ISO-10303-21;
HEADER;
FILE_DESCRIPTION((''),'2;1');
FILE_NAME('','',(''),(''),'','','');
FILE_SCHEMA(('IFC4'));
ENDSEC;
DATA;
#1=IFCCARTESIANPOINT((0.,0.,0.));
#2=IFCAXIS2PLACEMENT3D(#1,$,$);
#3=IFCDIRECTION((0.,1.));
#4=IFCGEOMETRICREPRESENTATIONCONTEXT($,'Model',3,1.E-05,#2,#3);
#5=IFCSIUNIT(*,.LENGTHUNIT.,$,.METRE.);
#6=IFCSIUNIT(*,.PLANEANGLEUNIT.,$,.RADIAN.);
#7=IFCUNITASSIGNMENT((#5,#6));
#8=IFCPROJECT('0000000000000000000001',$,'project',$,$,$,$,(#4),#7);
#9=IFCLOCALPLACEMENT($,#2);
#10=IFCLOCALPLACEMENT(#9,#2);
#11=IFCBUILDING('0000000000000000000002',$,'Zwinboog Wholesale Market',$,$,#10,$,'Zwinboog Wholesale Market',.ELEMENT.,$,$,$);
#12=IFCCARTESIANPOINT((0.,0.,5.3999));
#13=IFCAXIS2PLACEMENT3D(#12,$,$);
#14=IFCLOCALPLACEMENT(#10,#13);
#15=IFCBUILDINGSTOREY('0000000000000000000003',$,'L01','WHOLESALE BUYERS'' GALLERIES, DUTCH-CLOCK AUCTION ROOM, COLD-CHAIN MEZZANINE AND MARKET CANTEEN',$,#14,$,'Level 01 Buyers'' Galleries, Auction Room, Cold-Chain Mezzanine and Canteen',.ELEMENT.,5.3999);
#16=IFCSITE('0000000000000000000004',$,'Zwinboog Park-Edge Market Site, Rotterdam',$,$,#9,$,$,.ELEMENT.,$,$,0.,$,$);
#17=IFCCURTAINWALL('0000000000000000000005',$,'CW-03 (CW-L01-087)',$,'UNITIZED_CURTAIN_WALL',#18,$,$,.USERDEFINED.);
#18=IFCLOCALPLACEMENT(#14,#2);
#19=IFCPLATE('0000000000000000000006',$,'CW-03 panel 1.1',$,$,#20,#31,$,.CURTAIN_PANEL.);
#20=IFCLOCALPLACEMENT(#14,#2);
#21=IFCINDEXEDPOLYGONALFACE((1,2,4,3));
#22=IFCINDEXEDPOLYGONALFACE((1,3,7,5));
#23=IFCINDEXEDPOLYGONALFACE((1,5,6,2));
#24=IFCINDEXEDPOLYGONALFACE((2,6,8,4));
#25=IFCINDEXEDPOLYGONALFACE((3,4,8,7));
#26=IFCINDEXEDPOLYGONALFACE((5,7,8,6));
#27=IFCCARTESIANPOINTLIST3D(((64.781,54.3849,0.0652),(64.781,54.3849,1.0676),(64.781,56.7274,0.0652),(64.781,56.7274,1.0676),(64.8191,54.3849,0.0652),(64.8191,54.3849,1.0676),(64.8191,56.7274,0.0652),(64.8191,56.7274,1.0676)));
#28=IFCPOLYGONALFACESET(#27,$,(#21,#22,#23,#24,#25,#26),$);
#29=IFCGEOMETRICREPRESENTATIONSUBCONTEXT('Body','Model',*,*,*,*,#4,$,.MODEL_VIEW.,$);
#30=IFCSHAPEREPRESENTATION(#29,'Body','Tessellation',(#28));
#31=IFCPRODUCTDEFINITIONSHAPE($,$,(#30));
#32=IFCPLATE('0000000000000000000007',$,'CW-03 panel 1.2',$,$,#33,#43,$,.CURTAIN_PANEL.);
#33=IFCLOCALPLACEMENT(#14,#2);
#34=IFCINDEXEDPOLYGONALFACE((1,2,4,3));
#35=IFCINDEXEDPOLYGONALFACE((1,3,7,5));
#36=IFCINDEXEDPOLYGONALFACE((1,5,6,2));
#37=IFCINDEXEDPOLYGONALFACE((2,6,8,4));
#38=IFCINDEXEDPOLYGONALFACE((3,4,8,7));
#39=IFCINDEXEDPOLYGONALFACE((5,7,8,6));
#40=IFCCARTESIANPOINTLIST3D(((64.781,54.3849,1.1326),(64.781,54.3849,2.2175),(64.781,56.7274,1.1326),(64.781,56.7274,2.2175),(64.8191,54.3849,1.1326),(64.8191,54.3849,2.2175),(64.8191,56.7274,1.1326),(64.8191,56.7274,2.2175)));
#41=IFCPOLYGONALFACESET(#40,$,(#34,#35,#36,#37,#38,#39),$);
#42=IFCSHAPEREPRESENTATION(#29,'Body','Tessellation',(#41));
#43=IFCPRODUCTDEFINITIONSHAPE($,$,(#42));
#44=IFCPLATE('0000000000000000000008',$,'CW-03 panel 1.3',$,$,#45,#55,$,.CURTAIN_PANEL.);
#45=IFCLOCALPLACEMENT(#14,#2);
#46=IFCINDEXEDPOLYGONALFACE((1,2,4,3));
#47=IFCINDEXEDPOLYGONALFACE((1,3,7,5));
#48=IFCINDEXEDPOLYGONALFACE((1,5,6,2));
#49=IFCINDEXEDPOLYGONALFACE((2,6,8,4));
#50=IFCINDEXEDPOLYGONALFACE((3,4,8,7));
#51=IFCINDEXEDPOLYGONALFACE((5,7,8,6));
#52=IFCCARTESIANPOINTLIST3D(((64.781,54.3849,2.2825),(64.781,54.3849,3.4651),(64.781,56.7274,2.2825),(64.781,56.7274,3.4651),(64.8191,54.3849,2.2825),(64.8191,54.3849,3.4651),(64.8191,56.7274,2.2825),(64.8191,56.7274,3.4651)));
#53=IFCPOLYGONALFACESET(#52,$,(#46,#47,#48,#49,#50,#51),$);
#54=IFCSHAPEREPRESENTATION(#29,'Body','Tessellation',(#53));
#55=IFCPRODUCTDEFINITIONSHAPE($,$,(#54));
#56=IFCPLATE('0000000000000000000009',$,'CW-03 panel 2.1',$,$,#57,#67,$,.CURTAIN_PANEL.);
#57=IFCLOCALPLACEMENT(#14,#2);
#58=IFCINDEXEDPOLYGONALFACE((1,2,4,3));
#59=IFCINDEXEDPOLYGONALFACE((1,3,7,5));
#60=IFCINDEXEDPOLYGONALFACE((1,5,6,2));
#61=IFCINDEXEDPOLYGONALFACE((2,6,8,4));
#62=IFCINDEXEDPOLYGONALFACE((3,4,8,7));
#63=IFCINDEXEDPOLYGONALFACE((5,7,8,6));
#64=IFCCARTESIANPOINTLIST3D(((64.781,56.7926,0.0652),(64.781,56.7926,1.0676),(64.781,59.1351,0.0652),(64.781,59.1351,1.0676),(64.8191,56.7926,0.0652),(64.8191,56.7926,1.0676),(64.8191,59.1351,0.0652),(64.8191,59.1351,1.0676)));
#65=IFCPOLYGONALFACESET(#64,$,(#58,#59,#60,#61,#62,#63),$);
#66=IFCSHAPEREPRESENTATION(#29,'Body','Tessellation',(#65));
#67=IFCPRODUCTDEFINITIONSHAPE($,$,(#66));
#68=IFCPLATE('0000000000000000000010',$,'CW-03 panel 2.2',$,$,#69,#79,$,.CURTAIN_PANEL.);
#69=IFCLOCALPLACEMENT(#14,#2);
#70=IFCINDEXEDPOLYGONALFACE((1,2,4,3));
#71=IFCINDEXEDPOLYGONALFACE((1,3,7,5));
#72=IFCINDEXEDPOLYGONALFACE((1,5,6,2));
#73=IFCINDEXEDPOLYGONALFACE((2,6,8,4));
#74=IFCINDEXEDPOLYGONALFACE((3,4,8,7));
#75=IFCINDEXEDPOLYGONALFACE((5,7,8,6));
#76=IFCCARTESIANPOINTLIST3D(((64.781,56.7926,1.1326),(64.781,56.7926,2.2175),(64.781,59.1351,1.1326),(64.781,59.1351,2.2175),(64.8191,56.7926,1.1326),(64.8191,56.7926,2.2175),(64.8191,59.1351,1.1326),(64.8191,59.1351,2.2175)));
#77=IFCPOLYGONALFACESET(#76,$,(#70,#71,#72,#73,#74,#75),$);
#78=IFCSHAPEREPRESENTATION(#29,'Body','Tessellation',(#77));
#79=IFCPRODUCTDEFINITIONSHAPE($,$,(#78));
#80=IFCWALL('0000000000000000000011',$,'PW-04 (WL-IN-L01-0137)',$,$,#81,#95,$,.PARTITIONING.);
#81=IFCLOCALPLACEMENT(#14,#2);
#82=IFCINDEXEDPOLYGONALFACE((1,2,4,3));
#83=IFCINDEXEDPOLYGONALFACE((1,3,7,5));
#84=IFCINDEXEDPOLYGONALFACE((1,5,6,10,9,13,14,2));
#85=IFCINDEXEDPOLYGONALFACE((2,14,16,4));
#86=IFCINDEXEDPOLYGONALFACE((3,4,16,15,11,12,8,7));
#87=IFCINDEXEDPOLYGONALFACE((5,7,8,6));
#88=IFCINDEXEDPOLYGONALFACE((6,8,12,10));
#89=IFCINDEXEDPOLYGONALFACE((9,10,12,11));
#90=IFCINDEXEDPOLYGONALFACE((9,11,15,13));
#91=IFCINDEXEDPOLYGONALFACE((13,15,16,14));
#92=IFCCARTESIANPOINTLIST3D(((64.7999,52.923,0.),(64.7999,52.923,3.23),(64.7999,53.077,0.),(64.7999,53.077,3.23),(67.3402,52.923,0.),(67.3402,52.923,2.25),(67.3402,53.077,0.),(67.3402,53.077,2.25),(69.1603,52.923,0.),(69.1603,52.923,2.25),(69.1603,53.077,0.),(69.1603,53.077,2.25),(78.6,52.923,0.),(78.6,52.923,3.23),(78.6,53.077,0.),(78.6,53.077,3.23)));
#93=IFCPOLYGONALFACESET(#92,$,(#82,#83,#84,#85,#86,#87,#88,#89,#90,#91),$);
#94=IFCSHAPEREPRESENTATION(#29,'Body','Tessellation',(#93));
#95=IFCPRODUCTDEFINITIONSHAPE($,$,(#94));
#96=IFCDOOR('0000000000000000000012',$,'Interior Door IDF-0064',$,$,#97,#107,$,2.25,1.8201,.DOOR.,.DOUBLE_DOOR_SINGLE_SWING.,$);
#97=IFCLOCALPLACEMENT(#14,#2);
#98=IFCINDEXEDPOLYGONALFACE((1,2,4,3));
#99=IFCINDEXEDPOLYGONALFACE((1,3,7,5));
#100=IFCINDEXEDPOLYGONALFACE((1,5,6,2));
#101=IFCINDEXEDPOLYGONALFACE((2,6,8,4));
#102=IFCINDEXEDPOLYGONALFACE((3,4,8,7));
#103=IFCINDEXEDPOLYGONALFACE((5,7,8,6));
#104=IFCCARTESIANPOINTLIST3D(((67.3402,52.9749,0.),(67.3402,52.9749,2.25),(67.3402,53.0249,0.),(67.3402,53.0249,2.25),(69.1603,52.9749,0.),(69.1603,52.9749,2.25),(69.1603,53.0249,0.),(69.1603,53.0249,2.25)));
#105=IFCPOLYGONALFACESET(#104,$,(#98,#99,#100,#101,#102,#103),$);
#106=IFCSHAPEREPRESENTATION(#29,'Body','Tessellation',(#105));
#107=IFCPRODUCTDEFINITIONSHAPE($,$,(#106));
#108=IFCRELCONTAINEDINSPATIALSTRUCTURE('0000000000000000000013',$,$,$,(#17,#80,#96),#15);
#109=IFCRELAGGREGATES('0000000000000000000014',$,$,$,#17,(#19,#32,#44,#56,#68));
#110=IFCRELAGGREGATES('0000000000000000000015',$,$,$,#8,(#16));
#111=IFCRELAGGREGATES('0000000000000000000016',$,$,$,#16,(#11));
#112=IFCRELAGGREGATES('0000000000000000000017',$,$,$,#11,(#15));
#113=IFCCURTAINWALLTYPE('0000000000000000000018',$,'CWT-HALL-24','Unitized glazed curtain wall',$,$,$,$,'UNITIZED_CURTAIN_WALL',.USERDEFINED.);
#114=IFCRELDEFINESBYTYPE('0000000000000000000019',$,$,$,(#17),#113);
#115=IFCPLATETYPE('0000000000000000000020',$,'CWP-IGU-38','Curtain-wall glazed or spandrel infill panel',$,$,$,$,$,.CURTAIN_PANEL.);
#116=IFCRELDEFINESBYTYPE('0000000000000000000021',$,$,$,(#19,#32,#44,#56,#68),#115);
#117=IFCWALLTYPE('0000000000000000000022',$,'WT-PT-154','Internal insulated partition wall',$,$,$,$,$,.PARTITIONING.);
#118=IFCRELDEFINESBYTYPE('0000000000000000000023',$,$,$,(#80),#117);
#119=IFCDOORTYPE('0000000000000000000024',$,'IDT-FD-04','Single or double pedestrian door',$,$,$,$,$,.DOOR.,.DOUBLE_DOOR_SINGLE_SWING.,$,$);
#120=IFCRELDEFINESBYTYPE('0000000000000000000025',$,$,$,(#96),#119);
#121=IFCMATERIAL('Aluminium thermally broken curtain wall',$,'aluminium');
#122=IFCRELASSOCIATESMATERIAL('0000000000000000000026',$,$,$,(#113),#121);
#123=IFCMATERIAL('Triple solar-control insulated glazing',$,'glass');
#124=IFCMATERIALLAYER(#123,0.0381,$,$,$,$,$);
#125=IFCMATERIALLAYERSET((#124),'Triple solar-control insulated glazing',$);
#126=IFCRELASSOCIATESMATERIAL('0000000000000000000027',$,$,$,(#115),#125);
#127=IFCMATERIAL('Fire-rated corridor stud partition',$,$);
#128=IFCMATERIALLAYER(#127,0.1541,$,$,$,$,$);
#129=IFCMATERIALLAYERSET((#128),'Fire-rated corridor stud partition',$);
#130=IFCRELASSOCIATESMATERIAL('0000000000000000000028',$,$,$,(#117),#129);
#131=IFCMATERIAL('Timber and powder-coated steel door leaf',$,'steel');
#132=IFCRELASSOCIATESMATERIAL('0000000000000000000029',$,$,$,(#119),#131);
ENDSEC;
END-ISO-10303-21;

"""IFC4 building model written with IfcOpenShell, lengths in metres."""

from ifc_helpers import new_model, si_unit, direction, frame, frame_2d, origin, origin_2d, place, context, subcontext, project, spatial, rectangle, extrude, material, layer, layer_set, type_object, element, fill, aggregate, save


model = new_model("IFC4")

# Units and contexts
model_context = context("Model", 3, precision=1e-05, world=origin(), true_north=direction((0.0, 1.0)))
body_context = subcontext(model_context, "Body", "Model", "MODEL_VIEW")
ifc_project = project(units=[si_unit("LENGTHUNIT", "METRE"), si_unit("PLANEANGLEUNIT", "RADIAN")], contexts=[model_context])

# Site, building, storey
site_placement = place(None, origin())
site = spatial("IfcSite", under=ifc_project, at=site_placement, Name="Zwinboog Park-Edge Market Site, Rotterdam", CompositionType="ELEMENT", RefElevation=0.0)
building_placement = place(site_placement, origin())
building = spatial("IfcBuilding", under=site, at=building_placement, Name="Zwinboog Wholesale Market", LongName="Zwinboog Wholesale Market", CompositionType="ELEMENT")
storey_placement = place(building_placement, frame((0.0, 0.0, 5.3999)))
storey = spatial("IfcBuildingStorey", under=building, at=storey_placement, Name="L01", Description="WHOLESALE BUYERS' GALLERIES, DUTCH-CLOCK AUCTION ROOM, COLD-CHAIN MEZZANINE AND MARKET CANTEEN", LongName="Level 01 Buyers' Galleries, Auction Room, Cold-Chain Mezzanine and Canteen", CompositionType="ELEMENT", Elevation=5.3999)

# Curtain wall
ifc_material_1 = material(Name="Aluminium thermally broken curtain wall", Category="aluminium")
curtain_wall_type_1 = type_object("IfcCurtainWallType", Name="CWT-HALL-24", Description="Unitized glazed curtain wall", ElementType="UNITIZED_CURTAIN_WALL", PredefinedType="USERDEFINED", material=ifc_material_1)
curtain_wall_1_placement = place(storey_placement, origin())
curtain_wall_1 = element("IfcCurtainWall", 1, at=curtain_wall_1_placement, inside=storey, type_object=curtain_wall_type_1, Name="CW-03 (CW-L01-087)", ObjectType="UNITIZED_CURTAIN_WALL", PredefinedType="USERDEFINED")

# Plates
ifc_material_2 = material(Name="Triple solar-control insulated glazing", Category="glass")
ifc_layer_1 = layer(ifc_material_2, 0.0381)
ifc_layer_set_1 = layer_set([ifc_layer_1], Name="Triple solar-control insulated glazing")
plate_type = type_object("IfcPlateType", Name="CWP-IGU-38", Description="Curtain-wall glazed or spandrel infill panel", PredefinedType="CURTAIN_PANEL", material=ifc_layer_set_1)
plate_1_placement = place(storey_placement, frame((64.8, 55.5562, 0.0652), z_axis=(0.0, 0.0, 1.0), x_axis=(0.0, 1.0, 0.0)))
plate_1 = element("IfcPlate", 2, at=plate_1_placement, type_object=plate_type, Name="CW-03 panel 1.1", PredefinedType="CURTAIN_PANEL", context=body_context, shape_type="SweptSolid", body=[
    extrude(rectangle(XDim=2.3425, YDim=0.0381, at=origin_2d()), origin(), (0.0, 0.0, 1.0), 1.0024),
])
plate_2_placement = place(storey_placement, frame((64.8, 55.5562, 1.1326), z_axis=(0.0, 0.0, 1.0), x_axis=(0.0, 1.0, 0.0)))
plate_2 = element("IfcPlate", 3, at=plate_2_placement, type_object=plate_type, Name="CW-03 panel 1.2", PredefinedType="CURTAIN_PANEL", context=body_context, shape_type="SweptSolid", body=[
    extrude(rectangle(XDim=2.3425, YDim=0.0381, at=origin_2d()), origin(), (0.0, 0.0, 1.0), 1.085),
])
plate_3_placement = place(storey_placement, frame((64.8, 55.5562, 2.2825), z_axis=(0.0, 0.0, 1.0), x_axis=(0.0, 1.0, 0.0)))
plate_3 = element("IfcPlate", 4, at=plate_3_placement, type_object=plate_type, Name="CW-03 panel 1.3", PredefinedType="CURTAIN_PANEL", context=body_context, shape_type="SweptSolid", body=[
    extrude(rectangle(XDim=2.3425, YDim=0.0381, at=origin_2d()), origin(), (0.0, 0.0, 1.0), 1.1826),
])
plate_4_placement = place(storey_placement, frame((64.8, 57.9639, 0.0652), z_axis=(0.0, 0.0, 1.0), x_axis=(0.0, 1.0, 0.0)))
plate_4 = element("IfcPlate", 5, at=plate_4_placement, type_object=plate_type, Name="CW-03 panel 2.1", PredefinedType="CURTAIN_PANEL", context=body_context, shape_type="SweptSolid", body=[
    extrude(rectangle(XDim=2.3425, YDim=0.0381, at=origin_2d()), origin(), (0.0, 0.0, 1.0), 1.0024),
])
plate_5_placement = place(storey_placement, frame((64.8, 57.9639, 1.1326), z_axis=(0.0, 0.0, 1.0), x_axis=(0.0, 1.0, 0.0)))
plate_5 = element("IfcPlate", 6, at=plate_5_placement, type_object=plate_type, Name="CW-03 panel 2.2", PredefinedType="CURTAIN_PANEL", context=body_context, shape_type="SweptSolid", body=[
    extrude(rectangle(XDim=2.3425, YDim=0.0381, at=origin_2d()), origin(), (0.0, 0.0, 1.0), 1.085),
])
aggregate(curtain_wall_1, [plate_1, plate_2, plate_3, plate_4, plate_5])

# Wall, opening, door
ifc_material_3 = material(Name="Fire-rated corridor stud partition")
ifc_layer_2 = layer(ifc_material_3, 0.1541)
ifc_layer_set_2 = layer_set([ifc_layer_2], Name="Fire-rated corridor stud partition")
wall_type = type_object("IfcWallType", Name="WT-PT-154", Description="Internal insulated partition wall", PredefinedType="PARTITIONING", material=ifc_layer_set_2)
wall_placement = place(storey_placement, frame((64.8, 53.0, 0.0), z_axis=(0.0, 0.0, 1.0), x_axis=(1.0, 0.0, 0.0)))
wall = element("IfcWall", 7, at=wall_placement, inside=storey, type_object=wall_type, Name="PW-04 (WL-IN-L01-0137)", PredefinedType="PARTITIONING", context=body_context, shape_type="SweptSolid", body=[
    extrude(rectangle(XDim=13.8, YDim=0.1541, at=frame_2d((6.8999, 0.0))), origin(), (0.0, 0.0, 1.0), 3.23),
])
opening_placement = place(wall_placement, frame((2.54, 0.0, 0.0)))
opening = element("IfcOpeningElement", 8, at=opening_placement, cuts=wall, PredefinedType="OPENING", context=body_context, shape_type="SweptSolid", body=[
    extrude(rectangle(XDim=1.8201, YDim=2.25, at=frame_2d((0.9102, 1.125))), frame((0.0, 0.0869, 0.0), z_axis=(0.0, -1.0, 0.0), x_axis=(1.0, 0.0, 0.0)), (0.0, 0.0, 1.0), 0.1741),
])
ifc_material_4 = material(Name="Timber and powder-coated steel door leaf", Category="steel")
door_type = type_object("IfcDoorType", Name="IDT-FD-04", Description="Single or double pedestrian door", OperationType="DOUBLE_DOOR_SINGLE_SWING", PredefinedType="DOOR", material=ifc_material_4)
door_placement = place(opening_placement, origin())
door = element("IfcDoor", 9, at=door_placement, inside=storey, type_object=door_type, Name="Interior Door IDF-0064", OperationType="DOUBLE_DOOR_SINGLE_SWING", OverallHeight=2.25, OverallWidth=1.8201, PredefinedType="DOOR", context=body_context, shape_type="SweptSolid", body=[
    extrude(rectangle(XDim=1.8201, YDim=2.25, at=frame_2d((0.9102, 1.125))), frame((0.0, 0.0249, 0.0), z_axis=(0.0, -1.0, 0.0), x_axis=(1.0, 0.0, 0.0)), (0.0, 0.0, 1.0), 0.05),
])
fill(opening, door)

save(model, "model.ifc")
